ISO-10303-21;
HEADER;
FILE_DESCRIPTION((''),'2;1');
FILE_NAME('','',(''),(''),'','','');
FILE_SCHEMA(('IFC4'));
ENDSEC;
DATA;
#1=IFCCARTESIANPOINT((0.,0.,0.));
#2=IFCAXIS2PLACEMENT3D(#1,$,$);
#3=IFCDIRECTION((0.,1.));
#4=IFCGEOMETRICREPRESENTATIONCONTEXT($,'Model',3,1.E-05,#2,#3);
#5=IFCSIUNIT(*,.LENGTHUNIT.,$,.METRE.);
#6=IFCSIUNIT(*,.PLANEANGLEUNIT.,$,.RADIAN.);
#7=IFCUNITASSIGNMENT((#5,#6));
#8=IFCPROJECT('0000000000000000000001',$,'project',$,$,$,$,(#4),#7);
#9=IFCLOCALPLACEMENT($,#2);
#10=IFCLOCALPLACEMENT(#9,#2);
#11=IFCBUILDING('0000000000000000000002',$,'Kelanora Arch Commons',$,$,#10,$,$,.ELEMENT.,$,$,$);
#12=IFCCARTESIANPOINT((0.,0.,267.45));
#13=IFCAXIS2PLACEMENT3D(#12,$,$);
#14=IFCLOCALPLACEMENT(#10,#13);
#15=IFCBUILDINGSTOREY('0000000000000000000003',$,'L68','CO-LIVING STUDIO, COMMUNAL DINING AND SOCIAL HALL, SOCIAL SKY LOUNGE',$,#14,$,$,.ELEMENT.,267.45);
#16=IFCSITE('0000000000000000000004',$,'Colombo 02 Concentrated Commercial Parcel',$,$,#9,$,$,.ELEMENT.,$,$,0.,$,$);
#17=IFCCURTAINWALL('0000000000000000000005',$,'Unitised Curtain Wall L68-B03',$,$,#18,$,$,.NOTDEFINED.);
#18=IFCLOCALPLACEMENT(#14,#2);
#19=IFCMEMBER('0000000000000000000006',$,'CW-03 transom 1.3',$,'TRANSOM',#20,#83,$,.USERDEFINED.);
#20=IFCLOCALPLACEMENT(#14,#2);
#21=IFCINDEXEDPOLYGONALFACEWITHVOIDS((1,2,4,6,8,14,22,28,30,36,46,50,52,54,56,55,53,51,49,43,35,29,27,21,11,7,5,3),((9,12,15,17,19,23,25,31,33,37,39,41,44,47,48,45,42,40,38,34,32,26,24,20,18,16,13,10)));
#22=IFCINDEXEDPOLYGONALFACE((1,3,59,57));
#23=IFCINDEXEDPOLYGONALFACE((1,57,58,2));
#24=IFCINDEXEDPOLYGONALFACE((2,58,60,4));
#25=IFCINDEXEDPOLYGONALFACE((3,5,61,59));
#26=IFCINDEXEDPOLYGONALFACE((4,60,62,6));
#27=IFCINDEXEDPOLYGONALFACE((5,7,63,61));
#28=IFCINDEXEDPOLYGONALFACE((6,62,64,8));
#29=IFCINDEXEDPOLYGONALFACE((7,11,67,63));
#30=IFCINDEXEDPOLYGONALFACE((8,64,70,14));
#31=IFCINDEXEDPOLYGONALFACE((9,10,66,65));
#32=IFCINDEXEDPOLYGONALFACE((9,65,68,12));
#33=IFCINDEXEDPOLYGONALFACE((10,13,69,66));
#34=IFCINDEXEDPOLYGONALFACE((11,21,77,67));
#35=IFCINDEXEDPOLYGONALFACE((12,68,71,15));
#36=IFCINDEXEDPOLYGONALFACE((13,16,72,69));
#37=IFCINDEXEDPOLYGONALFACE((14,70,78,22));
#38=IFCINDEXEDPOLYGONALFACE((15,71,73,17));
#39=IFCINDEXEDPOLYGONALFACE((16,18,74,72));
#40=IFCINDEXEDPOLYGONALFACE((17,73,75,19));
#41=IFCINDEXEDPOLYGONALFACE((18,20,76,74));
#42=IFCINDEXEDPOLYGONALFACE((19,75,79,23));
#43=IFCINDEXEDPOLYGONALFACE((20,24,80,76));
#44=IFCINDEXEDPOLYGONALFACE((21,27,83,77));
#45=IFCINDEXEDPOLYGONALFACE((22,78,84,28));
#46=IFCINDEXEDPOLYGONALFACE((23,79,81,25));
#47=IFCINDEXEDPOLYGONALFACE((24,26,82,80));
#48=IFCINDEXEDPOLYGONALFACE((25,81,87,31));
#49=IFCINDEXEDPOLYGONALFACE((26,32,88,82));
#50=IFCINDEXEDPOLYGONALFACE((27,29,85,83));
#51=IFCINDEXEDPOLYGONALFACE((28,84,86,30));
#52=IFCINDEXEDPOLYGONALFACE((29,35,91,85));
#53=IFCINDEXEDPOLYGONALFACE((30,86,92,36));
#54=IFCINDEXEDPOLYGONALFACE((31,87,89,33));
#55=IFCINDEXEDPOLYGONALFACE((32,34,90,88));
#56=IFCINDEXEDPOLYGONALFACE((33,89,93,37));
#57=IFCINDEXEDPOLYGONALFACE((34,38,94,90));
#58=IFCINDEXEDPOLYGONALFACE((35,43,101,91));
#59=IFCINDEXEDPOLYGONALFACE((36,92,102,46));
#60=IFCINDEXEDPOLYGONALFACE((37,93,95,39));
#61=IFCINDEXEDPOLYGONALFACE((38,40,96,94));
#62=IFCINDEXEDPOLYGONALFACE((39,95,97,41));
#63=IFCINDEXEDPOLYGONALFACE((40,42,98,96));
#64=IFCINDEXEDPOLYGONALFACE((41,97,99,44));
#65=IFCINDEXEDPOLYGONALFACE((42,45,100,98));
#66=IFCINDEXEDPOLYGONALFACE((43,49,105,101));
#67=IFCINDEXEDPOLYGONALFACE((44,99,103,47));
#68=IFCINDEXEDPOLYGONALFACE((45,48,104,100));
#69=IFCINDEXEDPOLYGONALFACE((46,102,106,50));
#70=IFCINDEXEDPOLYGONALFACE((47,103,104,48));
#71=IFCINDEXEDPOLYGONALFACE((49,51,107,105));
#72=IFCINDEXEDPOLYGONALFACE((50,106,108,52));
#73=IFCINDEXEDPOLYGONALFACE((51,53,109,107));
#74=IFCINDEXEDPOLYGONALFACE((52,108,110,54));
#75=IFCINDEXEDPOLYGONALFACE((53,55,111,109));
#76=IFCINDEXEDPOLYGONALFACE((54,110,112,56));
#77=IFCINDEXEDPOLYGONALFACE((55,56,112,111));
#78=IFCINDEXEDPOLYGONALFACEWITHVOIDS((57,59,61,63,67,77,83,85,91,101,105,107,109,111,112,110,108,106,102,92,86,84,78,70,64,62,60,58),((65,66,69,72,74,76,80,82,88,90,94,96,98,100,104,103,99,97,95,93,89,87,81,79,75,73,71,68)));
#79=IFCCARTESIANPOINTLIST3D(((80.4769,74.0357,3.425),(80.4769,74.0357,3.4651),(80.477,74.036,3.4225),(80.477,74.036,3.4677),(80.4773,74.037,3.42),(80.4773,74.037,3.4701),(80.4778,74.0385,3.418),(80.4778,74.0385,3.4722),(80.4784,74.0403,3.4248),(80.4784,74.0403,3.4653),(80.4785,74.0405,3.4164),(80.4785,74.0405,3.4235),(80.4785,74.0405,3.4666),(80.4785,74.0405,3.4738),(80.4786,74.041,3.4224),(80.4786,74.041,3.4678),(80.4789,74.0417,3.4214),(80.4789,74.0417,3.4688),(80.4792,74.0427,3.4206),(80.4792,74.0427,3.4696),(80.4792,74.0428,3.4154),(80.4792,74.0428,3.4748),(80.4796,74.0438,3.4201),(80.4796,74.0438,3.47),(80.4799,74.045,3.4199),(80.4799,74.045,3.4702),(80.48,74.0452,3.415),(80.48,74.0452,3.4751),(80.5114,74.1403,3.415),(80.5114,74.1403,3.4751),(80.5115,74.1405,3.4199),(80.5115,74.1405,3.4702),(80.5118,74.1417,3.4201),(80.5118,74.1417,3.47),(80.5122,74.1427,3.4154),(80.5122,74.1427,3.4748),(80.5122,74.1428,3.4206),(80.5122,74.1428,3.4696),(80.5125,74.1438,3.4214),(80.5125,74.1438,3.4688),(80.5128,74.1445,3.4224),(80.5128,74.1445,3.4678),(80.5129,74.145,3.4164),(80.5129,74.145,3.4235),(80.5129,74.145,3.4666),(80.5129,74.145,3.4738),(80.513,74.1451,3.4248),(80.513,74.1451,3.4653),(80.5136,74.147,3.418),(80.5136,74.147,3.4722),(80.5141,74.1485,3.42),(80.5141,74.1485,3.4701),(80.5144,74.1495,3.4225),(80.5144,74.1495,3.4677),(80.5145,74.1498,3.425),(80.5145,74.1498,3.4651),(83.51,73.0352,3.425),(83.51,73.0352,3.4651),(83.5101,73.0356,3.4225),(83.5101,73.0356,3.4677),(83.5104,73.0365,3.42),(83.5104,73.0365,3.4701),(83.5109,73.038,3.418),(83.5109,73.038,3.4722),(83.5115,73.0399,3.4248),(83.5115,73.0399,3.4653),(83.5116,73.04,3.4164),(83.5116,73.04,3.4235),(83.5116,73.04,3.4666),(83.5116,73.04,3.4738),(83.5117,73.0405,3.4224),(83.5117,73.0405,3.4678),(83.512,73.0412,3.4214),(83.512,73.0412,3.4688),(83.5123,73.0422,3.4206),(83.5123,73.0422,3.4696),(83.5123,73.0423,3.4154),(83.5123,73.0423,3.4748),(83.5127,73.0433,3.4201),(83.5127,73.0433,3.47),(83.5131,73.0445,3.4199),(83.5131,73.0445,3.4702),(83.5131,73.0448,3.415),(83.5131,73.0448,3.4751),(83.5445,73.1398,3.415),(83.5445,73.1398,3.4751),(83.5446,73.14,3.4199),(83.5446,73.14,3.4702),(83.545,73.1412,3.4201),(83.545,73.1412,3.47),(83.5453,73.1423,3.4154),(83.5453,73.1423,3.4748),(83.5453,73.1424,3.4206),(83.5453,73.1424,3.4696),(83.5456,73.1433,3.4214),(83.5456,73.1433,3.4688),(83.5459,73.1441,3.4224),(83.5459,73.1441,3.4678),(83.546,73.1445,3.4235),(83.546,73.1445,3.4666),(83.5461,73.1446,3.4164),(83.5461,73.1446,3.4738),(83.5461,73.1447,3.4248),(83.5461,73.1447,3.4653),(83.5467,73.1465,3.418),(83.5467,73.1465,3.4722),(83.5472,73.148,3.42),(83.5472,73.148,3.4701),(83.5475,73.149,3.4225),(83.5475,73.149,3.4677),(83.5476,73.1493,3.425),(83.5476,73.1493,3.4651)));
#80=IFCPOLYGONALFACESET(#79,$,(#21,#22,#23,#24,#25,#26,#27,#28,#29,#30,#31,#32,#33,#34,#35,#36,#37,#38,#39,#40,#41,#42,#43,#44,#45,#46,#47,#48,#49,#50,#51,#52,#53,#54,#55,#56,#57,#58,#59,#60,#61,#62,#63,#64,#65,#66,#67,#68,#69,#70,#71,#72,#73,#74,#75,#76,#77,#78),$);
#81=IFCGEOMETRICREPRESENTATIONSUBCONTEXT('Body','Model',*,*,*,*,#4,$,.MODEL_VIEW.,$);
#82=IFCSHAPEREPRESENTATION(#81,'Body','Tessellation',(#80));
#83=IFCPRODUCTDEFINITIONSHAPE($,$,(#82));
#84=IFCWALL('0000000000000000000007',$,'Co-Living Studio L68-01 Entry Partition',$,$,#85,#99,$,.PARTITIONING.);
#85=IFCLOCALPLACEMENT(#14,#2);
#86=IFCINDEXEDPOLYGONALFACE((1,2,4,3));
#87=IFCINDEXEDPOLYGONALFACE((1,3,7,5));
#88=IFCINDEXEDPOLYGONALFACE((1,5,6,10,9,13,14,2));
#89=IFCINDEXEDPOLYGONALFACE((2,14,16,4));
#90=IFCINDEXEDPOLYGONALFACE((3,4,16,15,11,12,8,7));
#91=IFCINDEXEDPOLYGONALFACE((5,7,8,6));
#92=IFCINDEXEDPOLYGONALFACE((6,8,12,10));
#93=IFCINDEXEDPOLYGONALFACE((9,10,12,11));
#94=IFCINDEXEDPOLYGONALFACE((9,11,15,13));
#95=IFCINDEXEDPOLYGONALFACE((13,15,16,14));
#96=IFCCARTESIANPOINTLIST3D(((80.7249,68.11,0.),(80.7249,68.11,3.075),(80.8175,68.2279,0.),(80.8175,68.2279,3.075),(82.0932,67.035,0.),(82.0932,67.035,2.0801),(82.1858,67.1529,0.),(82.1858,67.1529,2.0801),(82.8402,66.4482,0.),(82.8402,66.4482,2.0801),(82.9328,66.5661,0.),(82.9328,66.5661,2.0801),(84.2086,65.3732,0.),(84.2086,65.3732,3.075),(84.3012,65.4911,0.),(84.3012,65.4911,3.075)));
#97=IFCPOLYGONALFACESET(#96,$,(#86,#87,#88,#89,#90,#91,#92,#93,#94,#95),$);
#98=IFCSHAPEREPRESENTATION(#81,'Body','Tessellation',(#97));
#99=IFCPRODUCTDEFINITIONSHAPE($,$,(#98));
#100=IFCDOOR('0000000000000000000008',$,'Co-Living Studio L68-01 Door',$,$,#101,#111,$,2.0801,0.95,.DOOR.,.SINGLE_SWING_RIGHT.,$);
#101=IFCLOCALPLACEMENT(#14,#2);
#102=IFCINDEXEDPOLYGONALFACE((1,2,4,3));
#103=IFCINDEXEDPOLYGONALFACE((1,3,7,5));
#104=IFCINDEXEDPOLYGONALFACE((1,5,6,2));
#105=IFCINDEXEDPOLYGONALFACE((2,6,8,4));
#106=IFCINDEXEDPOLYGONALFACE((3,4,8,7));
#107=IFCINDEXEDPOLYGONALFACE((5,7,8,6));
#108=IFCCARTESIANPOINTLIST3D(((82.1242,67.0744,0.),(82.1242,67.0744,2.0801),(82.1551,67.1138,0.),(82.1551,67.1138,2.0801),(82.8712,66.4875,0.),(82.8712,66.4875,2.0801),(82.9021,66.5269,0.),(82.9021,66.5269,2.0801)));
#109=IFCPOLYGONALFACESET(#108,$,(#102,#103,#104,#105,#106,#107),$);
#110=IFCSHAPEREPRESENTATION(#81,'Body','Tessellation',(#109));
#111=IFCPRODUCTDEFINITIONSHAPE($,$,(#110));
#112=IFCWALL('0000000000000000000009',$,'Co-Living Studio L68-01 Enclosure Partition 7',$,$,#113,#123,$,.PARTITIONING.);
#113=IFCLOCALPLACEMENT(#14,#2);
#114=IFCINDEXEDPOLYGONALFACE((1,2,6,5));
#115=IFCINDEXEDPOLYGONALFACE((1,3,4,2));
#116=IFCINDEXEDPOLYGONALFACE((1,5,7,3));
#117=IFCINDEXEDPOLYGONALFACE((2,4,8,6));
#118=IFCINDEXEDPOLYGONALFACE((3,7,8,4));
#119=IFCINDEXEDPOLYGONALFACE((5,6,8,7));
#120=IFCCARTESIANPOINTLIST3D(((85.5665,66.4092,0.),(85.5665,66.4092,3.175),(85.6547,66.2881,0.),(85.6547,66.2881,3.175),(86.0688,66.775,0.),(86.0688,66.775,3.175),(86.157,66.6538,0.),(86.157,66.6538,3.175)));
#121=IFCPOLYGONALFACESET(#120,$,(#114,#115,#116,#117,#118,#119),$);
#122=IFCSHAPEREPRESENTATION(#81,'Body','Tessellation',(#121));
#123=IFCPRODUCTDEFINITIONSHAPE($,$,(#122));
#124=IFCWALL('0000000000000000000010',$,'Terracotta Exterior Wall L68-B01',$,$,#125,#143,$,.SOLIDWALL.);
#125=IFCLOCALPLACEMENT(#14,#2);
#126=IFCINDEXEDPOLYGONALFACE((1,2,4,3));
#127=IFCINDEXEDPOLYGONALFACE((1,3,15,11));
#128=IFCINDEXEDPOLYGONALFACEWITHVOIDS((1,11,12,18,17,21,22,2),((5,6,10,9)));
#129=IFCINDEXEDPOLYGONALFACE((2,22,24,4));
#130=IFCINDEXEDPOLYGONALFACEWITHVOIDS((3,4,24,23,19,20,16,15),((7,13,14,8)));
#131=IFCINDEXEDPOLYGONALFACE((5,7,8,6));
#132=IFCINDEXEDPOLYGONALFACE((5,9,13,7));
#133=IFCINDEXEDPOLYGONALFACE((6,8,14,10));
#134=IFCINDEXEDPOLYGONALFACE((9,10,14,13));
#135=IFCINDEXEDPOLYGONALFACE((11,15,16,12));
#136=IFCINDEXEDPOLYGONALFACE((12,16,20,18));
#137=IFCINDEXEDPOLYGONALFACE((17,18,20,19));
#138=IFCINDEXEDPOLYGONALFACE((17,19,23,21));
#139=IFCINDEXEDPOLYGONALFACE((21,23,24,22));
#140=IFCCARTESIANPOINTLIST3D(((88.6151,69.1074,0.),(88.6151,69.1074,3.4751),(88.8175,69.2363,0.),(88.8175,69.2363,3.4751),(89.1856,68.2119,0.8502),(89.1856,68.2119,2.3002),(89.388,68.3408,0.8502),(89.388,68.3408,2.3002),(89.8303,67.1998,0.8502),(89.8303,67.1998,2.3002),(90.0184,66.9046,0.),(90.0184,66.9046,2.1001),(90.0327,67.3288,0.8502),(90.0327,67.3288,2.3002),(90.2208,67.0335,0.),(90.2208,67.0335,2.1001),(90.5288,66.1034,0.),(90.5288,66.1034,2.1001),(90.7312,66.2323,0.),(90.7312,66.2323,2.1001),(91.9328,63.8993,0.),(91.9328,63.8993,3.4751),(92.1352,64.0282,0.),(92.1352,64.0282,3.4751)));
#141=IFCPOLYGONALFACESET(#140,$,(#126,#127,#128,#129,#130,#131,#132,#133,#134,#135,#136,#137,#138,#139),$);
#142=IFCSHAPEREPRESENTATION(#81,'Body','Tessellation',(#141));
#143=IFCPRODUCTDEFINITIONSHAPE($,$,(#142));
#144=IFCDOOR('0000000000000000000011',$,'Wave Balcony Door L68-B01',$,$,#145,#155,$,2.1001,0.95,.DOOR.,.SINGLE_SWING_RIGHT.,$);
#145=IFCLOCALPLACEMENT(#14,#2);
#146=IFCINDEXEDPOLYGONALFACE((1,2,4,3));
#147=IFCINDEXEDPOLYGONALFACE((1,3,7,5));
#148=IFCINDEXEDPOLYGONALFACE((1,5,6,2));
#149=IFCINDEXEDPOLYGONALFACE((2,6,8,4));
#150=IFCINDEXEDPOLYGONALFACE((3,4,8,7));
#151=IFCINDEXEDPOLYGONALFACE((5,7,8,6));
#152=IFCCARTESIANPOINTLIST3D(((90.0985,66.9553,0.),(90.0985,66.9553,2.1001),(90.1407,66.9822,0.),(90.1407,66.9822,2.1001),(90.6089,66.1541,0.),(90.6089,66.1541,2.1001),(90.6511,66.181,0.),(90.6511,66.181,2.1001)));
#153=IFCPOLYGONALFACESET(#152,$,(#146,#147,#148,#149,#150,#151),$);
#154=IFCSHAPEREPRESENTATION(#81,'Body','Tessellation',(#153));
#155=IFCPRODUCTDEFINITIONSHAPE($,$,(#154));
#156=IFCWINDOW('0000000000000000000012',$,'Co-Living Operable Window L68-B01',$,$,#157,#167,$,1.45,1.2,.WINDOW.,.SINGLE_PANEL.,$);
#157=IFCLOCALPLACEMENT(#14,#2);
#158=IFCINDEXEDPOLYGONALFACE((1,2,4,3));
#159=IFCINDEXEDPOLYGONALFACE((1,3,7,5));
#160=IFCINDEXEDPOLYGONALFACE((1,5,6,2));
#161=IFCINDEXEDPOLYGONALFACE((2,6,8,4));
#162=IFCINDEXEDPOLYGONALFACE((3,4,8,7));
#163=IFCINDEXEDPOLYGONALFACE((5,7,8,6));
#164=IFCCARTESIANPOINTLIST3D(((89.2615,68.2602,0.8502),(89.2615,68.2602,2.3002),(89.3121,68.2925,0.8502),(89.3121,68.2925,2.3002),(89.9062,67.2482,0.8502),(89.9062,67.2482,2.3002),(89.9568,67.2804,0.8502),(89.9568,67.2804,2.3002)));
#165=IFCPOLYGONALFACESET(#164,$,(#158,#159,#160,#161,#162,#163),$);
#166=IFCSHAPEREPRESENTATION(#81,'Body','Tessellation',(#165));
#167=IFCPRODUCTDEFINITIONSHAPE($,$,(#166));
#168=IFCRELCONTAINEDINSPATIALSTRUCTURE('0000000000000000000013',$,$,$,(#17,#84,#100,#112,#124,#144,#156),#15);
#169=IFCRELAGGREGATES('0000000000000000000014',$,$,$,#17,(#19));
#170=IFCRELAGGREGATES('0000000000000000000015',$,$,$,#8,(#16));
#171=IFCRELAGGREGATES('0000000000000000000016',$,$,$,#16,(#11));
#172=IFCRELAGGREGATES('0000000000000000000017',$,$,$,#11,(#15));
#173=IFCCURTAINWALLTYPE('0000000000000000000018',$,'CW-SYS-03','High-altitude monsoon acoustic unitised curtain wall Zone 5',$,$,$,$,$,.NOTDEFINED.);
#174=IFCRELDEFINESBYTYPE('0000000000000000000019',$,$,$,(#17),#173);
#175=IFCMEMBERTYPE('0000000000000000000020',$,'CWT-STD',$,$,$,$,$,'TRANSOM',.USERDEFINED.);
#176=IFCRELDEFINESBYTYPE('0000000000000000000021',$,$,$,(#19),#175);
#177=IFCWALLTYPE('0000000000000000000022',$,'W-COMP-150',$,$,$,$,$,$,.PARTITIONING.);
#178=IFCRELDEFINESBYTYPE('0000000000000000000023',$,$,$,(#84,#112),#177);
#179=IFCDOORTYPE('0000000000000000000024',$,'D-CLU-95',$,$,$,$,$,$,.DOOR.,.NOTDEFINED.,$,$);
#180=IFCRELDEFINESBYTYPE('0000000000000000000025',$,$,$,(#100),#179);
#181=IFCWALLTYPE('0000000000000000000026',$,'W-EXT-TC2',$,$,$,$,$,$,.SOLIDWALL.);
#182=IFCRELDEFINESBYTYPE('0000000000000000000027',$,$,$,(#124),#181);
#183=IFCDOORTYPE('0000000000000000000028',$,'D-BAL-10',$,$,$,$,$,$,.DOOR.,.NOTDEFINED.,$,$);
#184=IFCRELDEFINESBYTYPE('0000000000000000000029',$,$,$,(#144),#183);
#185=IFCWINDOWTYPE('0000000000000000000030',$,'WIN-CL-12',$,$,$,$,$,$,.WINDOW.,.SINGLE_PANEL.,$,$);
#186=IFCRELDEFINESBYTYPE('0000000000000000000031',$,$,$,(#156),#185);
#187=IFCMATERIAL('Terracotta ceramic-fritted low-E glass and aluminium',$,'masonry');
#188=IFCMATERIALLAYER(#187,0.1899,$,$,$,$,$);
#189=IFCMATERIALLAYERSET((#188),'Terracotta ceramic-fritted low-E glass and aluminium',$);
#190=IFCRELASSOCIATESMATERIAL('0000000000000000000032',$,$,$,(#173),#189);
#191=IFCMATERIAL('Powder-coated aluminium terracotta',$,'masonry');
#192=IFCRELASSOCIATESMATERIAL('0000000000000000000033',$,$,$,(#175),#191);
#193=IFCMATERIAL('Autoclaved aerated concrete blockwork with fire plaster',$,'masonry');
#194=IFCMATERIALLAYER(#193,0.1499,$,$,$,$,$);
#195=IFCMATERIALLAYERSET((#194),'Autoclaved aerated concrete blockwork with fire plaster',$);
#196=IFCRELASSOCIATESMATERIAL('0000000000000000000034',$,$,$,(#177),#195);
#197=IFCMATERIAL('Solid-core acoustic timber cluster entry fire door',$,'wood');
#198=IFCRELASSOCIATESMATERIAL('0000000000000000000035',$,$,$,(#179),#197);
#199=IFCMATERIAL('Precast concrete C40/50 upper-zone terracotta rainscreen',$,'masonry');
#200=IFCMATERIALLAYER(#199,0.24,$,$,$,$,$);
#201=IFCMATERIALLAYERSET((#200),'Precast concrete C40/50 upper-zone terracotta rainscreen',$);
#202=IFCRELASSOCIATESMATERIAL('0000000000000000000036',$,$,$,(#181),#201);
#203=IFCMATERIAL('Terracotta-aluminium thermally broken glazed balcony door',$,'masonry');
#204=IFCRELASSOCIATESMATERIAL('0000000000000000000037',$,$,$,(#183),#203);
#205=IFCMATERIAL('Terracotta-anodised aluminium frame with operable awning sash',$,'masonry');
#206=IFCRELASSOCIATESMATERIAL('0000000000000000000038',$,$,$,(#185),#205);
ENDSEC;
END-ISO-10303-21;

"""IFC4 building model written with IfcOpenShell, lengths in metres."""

from ifc_helpers import new_model, si_unit, direction, frame, frame_2d, origin, origin_2d, place, context, subcontext, project, spatial, rectangle, hollow_rectangle, extrude, material, layer, layer_set, material_profile, profile_set, type_object, element, fill, aggregate, save


model = new_model("IFC4")

# Units and contexts
model_context = context("Model", 3, precision=1e-05, world=origin(), true_north=direction((0.0, 1.0)))
body_context = subcontext(model_context, "Body", "Model", "MODEL_VIEW")
ifc_project = project(units=[si_unit("LENGTHUNIT", "METRE"), si_unit("PLANEANGLEUNIT", "RADIAN")], contexts=[model_context])

# Site, building, storey
site_placement = place(None, origin())
site = spatial("IfcSite", under=ifc_project, at=site_placement, Name="Colombo 02 Concentrated Commercial Parcel", CompositionType="ELEMENT", RefElevation=0.0)
building_placement = place(site_placement, origin())
building = spatial("IfcBuilding", under=site, at=building_placement, Name="Kelanora Arch Commons", CompositionType="ELEMENT")
storey_placement = place(building_placement, frame((0.0, 0.0, 267.45)))
storey = spatial("IfcBuildingStorey", under=building, at=storey_placement, Name="L68", Description="CO-LIVING STUDIO, COMMUNAL DINING AND SOCIAL HALL, SOCIAL SKY LOUNGE", CompositionType="ELEMENT", Elevation=267.45)

# Shared definitions
ifc_material_1 = material(Name="Terracotta ceramic-fritted low-E glass and aluminium", Category="masonry")
ifc_layer_1 = layer(ifc_material_1, 0.1899)
ifc_layer_set_1 = layer_set([ifc_layer_1], Name="Terracotta ceramic-fritted low-E glass and aluminium")
curtain_wall_type = type_object("IfcCurtainWallType", Name="CW-SYS-03", Description="High-altitude monsoon acoustic unitised curtain wall Zone 5", PredefinedType="NOTDEFINED", material=ifc_layer_set_1)
ifc_material_2 = material(Name="Powder-coated aluminium terracotta", Category="masonry")

# Curtain wall, member
curtain_wall_1_placement = place(storey_placement, origin())
curtain_wall_1 = element("IfcCurtainWall", 1, at=curtain_wall_1_placement, inside=storey, type_object=curtain_wall_type, Name="Unitised Curtain Wall L68-B03", PredefinedType="NOTDEFINED")
ifc_material_profile_1 = material_profile(ifc_material_2, hollow_rectangle(XDim=0.1201, YDim=0.0601, WallThickness=0.0049, InnerFilletRadius=0.0049, OuterFilletRadius=0.01, at=origin_2d()), Name="CWT120x60")
ifc_profile_set_1 = profile_set([ifc_material_profile_1], Name="Powder-coated aluminium terracotta")
member_type_1 = type_object("IfcMemberType", Name="CWT-STD", ElementType="TRANSOM", PredefinedType="USERDEFINED", material=ifc_profile_set_1)
member_1_placement = place(storey_placement, frame((83.5288, 73.0923, 3.4451), z_axis=(-0.949672, 0.313245, 0.0), x_axis=(-0.313245, -0.949672, 0.0)))
member_1 = element("IfcMember", 2, at=member_1_placement, type_object=member_type_1, Name="CW-03 transom 1.3", ObjectType="TRANSOM", PredefinedType="USERDEFINED", context=body_context, shape_type="SweptSolid", body=[
    extrude(hollow_rectangle(XDim=0.1201, YDim=0.0601, WallThickness=0.0049, InnerFilletRadius=0.0049, OuterFilletRadius=0.01, at=origin_2d()), origin(), (0.0, 0.0, 1.0), 3.1938),
])
aggregate(curtain_wall_1, [member_1])

# Wall, opening, door
ifc_material_3 = material(Name="Autoclaved aerated concrete blockwork with fire plaster", Category="masonry")
ifc_layer_2 = layer(ifc_material_3, 0.1499)
ifc_layer_set_2 = layer_set([ifc_layer_2], Name="Autoclaved aerated concrete blockwork with fire plaster")
wall_type_1 = type_object("IfcWallType", Name="W-COMP-150", PredefinedType="PARTITIONING", material=ifc_layer_set_2)
wall_1_placement = place(storey_placement, frame((84.2549, 65.4321, 0.0), z_axis=(0.0, 0.0, 1.0), x_axis=(-0.786355, 0.617775, 0.0)))
wall_1 = element("IfcWall", 3, at=wall_1_placement, inside=storey, type_object=wall_type_1, Name="Co-Living Studio L68-01 Entry Partition", PredefinedType="PARTITIONING", context=body_context, shape_type="SweptSolid", body=[
    extrude(rectangle(XDim=4.4302, YDim=0.1499, at=frame_2d((2.2151, 0.0))), origin(), (0.0, 0.0, 1.0), 3.075),
])
opening_1_placement = place(wall_1_placement, frame((1.74, 0.0, 0.0)))
opening_1 = element("IfcOpeningElement", 4, at=opening_1_placement, cuts=wall_1, PredefinedType="OPENING", context=body_context, shape_type="SweptSolid", body=[
    extrude(rectangle(XDim=0.95, YDim=2.0801, at=frame_2d((0.4751, 1.04))), frame((0.0, 0.085, 0.0), z_axis=(0.0, -1.0, 0.0), x_axis=(1.0, 0.0, 0.0)), (0.0, 0.0, 1.0), 0.1699),
])
ifc_material_4 = material(Name="Solid-core acoustic timber cluster entry fire door", Category="wood")
door_type_1 = type_object("IfcDoorType", Name="D-CLU-95", OperationType="NOTDEFINED", PredefinedType="DOOR", material=ifc_material_4)
door_1_placement = place(opening_1_placement, origin())
door_1 = element("IfcDoor", 5, at=door_1_placement, inside=storey, type_object=door_type_1, Name="Co-Living Studio L68-01 Door", OperationType="SINGLE_SWING_RIGHT", OverallHeight=2.0801, OverallWidth=0.95, PredefinedType="DOOR", context=body_context, shape_type="SweptSolid", body=[
    extrude(rectangle(XDim=0.95, YDim=2.0801, at=frame_2d((0.4751, 1.04))), frame((0.0, 0.0249, 0.0), z_axis=(0.0, -1.0, 0.0), x_axis=(1.0, 0.0, 0.0)), (0.0, 0.0, 1.0), 0.05),
])
fill(opening_1, door_1)

# Wall
wall_2_placement = place(storey_placement, frame((86.1128, 66.7144, 0.0), z_axis=(0.0, 0.0, 1.0), x_axis=(-0.808362, -0.588686, 0.0)))
element("IfcWall", 6, at=wall_2_placement, inside=storey, type_object=wall_type_1, Name="Co-Living Studio L68-01 Enclosure Partition 7", PredefinedType="PARTITIONING", context=body_context, shape_type="SweptSolid", body=[
    extrude(rectangle(XDim=0.6213, YDim=0.1499, at=frame_2d((0.3105, 0.0))), origin(), (0.0, 0.0, 1.0), 3.175),
])

# Wall, openings, door, window
ifc_material_5 = material(Name="Precast concrete C40/50 upper-zone terracotta rainscreen", Category="masonry")
ifc_layer_3 = layer(ifc_material_5, 0.24)
ifc_layer_set_3 = layer_set([ifc_layer_3], Name="Precast concrete C40/50 upper-zone terracotta rainscreen")
wall_type_2 = type_object("IfcWallType", Name="W-EXT-TC2", PredefinedType="SOLIDWALL", material=ifc_layer_set_3)
wall_3_placement = place(storey_placement, frame((92.0339, 63.9639, 0.0), z_axis=(0.0, 0.0, 1.0), x_axis=(-0.537272, 0.843409, 0.0)))
wall_3 = element("IfcWall", 7, at=wall_3_placement, inside=storey, type_object=wall_type_2, Name="Terracotta Exterior Wall L68-B01", PredefinedType="SOLIDWALL", context=body_context, shape_type="SweptSolid", body=[
    extrude(rectangle(XDim=6.175, YDim=0.24, at=frame_2d((3.0874, 0.0))), origin(), (0.0, 0.0, 1.0), 3.4751),
])
opening_2_placement = place(wall_3_placement, frame((2.613, 0.0, 0.0)))
opening_2 = element("IfcOpeningElement", 8, at=opening_2_placement, cuts=wall_3, PredefinedType="OPENING", context=body_context, shape_type="SweptSolid", body=[
    extrude(rectangle(XDim=0.95, YDim=2.1001, at=frame_2d((0.4751, 1.05))), frame((0.0, 0.1299, 0.0), z_axis=(0.0, -1.0, 0.0), x_axis=(1.0, 0.0, 0.0)), (0.0, 0.0, 1.0), 0.26),
])
opening_3_placement = place(wall_3_placement, frame((3.9131, 0.0, 0.8501)))
opening_3 = element("IfcOpeningElement", 9, at=opening_3_placement, cuts=wall_3, PredefinedType="OPENING", context=body_context, shape_type="SweptSolid", body=[
    extrude(rectangle(XDim=1.2, YDim=1.45, at=frame_2d((0.6001, 0.7251))), frame((0.0, 0.1299, 0.0), z_axis=(0.0, -1.0, 0.0), x_axis=(1.0, 0.0, 0.0)), (0.0, 0.0, 1.0), 0.26),
])
ifc_material_6 = material(Name="Terracotta-aluminium thermally broken glazed balcony door", Category="masonry")
door_type_2 = type_object("IfcDoorType", Name="D-BAL-10", OperationType="NOTDEFINED", PredefinedType="DOOR", material=ifc_material_6)
door_2_placement = place(opening_2_placement, frame((0.95, 0.0, 0.0), z_axis=(0.0, 0.0, 1.0), x_axis=(-1.0, 0.0, 0.0)))
door_2 = element("IfcDoor", 10, at=door_2_placement, inside=storey, type_object=door_type_2, Name="Wave Balcony Door L68-B01", OperationType="SINGLE_SWING_RIGHT", OverallHeight=2.1001, OverallWidth=0.95, PredefinedType="DOOR", context=body_context, shape_type="SweptSolid", body=[
    extrude(rectangle(XDim=0.95, YDim=2.1001, at=frame_2d((0.4751, 1.05))), frame((0.0, 0.0249, 0.0), z_axis=(0.0, -1.0, 0.0), x_axis=(1.0, 0.0, 0.0)), (0.0, 0.0, 1.0), 0.05),
])
fill(opening_2, door_2)
ifc_material_7 = material(Name="Terracotta-anodised aluminium frame with operable awning sash", Category="masonry")
window_type = type_object("IfcWindowType", Name="WIN-CL-12", PartitioningType="SINGLE_PANEL", PredefinedType="WINDOW", material=ifc_material_7)
window_1_placement = place(opening_3_placement, origin())
window_1 = element("IfcWindow", 11, at=window_1_placement, inside=storey, type_object=window_type, Name="Co-Living Operable Window L68-B01", OverallHeight=1.45, OverallWidth=1.2, PartitioningType="SINGLE_PANEL", PredefinedType="WINDOW", context=body_context, shape_type="SweptSolid", body=[
    extrude(rectangle(XDim=1.2, YDim=1.45, at=frame_2d((0.6001, 0.7251))), frame((0.0, 0.03, 0.0), z_axis=(0.0, -1.0, 0.0), x_axis=(1.0, 0.0, 0.0)), (0.0, 0.0, 1.0), 0.0601),
])
fill(opening_3, window_1)

save(model, "model.ifc")
